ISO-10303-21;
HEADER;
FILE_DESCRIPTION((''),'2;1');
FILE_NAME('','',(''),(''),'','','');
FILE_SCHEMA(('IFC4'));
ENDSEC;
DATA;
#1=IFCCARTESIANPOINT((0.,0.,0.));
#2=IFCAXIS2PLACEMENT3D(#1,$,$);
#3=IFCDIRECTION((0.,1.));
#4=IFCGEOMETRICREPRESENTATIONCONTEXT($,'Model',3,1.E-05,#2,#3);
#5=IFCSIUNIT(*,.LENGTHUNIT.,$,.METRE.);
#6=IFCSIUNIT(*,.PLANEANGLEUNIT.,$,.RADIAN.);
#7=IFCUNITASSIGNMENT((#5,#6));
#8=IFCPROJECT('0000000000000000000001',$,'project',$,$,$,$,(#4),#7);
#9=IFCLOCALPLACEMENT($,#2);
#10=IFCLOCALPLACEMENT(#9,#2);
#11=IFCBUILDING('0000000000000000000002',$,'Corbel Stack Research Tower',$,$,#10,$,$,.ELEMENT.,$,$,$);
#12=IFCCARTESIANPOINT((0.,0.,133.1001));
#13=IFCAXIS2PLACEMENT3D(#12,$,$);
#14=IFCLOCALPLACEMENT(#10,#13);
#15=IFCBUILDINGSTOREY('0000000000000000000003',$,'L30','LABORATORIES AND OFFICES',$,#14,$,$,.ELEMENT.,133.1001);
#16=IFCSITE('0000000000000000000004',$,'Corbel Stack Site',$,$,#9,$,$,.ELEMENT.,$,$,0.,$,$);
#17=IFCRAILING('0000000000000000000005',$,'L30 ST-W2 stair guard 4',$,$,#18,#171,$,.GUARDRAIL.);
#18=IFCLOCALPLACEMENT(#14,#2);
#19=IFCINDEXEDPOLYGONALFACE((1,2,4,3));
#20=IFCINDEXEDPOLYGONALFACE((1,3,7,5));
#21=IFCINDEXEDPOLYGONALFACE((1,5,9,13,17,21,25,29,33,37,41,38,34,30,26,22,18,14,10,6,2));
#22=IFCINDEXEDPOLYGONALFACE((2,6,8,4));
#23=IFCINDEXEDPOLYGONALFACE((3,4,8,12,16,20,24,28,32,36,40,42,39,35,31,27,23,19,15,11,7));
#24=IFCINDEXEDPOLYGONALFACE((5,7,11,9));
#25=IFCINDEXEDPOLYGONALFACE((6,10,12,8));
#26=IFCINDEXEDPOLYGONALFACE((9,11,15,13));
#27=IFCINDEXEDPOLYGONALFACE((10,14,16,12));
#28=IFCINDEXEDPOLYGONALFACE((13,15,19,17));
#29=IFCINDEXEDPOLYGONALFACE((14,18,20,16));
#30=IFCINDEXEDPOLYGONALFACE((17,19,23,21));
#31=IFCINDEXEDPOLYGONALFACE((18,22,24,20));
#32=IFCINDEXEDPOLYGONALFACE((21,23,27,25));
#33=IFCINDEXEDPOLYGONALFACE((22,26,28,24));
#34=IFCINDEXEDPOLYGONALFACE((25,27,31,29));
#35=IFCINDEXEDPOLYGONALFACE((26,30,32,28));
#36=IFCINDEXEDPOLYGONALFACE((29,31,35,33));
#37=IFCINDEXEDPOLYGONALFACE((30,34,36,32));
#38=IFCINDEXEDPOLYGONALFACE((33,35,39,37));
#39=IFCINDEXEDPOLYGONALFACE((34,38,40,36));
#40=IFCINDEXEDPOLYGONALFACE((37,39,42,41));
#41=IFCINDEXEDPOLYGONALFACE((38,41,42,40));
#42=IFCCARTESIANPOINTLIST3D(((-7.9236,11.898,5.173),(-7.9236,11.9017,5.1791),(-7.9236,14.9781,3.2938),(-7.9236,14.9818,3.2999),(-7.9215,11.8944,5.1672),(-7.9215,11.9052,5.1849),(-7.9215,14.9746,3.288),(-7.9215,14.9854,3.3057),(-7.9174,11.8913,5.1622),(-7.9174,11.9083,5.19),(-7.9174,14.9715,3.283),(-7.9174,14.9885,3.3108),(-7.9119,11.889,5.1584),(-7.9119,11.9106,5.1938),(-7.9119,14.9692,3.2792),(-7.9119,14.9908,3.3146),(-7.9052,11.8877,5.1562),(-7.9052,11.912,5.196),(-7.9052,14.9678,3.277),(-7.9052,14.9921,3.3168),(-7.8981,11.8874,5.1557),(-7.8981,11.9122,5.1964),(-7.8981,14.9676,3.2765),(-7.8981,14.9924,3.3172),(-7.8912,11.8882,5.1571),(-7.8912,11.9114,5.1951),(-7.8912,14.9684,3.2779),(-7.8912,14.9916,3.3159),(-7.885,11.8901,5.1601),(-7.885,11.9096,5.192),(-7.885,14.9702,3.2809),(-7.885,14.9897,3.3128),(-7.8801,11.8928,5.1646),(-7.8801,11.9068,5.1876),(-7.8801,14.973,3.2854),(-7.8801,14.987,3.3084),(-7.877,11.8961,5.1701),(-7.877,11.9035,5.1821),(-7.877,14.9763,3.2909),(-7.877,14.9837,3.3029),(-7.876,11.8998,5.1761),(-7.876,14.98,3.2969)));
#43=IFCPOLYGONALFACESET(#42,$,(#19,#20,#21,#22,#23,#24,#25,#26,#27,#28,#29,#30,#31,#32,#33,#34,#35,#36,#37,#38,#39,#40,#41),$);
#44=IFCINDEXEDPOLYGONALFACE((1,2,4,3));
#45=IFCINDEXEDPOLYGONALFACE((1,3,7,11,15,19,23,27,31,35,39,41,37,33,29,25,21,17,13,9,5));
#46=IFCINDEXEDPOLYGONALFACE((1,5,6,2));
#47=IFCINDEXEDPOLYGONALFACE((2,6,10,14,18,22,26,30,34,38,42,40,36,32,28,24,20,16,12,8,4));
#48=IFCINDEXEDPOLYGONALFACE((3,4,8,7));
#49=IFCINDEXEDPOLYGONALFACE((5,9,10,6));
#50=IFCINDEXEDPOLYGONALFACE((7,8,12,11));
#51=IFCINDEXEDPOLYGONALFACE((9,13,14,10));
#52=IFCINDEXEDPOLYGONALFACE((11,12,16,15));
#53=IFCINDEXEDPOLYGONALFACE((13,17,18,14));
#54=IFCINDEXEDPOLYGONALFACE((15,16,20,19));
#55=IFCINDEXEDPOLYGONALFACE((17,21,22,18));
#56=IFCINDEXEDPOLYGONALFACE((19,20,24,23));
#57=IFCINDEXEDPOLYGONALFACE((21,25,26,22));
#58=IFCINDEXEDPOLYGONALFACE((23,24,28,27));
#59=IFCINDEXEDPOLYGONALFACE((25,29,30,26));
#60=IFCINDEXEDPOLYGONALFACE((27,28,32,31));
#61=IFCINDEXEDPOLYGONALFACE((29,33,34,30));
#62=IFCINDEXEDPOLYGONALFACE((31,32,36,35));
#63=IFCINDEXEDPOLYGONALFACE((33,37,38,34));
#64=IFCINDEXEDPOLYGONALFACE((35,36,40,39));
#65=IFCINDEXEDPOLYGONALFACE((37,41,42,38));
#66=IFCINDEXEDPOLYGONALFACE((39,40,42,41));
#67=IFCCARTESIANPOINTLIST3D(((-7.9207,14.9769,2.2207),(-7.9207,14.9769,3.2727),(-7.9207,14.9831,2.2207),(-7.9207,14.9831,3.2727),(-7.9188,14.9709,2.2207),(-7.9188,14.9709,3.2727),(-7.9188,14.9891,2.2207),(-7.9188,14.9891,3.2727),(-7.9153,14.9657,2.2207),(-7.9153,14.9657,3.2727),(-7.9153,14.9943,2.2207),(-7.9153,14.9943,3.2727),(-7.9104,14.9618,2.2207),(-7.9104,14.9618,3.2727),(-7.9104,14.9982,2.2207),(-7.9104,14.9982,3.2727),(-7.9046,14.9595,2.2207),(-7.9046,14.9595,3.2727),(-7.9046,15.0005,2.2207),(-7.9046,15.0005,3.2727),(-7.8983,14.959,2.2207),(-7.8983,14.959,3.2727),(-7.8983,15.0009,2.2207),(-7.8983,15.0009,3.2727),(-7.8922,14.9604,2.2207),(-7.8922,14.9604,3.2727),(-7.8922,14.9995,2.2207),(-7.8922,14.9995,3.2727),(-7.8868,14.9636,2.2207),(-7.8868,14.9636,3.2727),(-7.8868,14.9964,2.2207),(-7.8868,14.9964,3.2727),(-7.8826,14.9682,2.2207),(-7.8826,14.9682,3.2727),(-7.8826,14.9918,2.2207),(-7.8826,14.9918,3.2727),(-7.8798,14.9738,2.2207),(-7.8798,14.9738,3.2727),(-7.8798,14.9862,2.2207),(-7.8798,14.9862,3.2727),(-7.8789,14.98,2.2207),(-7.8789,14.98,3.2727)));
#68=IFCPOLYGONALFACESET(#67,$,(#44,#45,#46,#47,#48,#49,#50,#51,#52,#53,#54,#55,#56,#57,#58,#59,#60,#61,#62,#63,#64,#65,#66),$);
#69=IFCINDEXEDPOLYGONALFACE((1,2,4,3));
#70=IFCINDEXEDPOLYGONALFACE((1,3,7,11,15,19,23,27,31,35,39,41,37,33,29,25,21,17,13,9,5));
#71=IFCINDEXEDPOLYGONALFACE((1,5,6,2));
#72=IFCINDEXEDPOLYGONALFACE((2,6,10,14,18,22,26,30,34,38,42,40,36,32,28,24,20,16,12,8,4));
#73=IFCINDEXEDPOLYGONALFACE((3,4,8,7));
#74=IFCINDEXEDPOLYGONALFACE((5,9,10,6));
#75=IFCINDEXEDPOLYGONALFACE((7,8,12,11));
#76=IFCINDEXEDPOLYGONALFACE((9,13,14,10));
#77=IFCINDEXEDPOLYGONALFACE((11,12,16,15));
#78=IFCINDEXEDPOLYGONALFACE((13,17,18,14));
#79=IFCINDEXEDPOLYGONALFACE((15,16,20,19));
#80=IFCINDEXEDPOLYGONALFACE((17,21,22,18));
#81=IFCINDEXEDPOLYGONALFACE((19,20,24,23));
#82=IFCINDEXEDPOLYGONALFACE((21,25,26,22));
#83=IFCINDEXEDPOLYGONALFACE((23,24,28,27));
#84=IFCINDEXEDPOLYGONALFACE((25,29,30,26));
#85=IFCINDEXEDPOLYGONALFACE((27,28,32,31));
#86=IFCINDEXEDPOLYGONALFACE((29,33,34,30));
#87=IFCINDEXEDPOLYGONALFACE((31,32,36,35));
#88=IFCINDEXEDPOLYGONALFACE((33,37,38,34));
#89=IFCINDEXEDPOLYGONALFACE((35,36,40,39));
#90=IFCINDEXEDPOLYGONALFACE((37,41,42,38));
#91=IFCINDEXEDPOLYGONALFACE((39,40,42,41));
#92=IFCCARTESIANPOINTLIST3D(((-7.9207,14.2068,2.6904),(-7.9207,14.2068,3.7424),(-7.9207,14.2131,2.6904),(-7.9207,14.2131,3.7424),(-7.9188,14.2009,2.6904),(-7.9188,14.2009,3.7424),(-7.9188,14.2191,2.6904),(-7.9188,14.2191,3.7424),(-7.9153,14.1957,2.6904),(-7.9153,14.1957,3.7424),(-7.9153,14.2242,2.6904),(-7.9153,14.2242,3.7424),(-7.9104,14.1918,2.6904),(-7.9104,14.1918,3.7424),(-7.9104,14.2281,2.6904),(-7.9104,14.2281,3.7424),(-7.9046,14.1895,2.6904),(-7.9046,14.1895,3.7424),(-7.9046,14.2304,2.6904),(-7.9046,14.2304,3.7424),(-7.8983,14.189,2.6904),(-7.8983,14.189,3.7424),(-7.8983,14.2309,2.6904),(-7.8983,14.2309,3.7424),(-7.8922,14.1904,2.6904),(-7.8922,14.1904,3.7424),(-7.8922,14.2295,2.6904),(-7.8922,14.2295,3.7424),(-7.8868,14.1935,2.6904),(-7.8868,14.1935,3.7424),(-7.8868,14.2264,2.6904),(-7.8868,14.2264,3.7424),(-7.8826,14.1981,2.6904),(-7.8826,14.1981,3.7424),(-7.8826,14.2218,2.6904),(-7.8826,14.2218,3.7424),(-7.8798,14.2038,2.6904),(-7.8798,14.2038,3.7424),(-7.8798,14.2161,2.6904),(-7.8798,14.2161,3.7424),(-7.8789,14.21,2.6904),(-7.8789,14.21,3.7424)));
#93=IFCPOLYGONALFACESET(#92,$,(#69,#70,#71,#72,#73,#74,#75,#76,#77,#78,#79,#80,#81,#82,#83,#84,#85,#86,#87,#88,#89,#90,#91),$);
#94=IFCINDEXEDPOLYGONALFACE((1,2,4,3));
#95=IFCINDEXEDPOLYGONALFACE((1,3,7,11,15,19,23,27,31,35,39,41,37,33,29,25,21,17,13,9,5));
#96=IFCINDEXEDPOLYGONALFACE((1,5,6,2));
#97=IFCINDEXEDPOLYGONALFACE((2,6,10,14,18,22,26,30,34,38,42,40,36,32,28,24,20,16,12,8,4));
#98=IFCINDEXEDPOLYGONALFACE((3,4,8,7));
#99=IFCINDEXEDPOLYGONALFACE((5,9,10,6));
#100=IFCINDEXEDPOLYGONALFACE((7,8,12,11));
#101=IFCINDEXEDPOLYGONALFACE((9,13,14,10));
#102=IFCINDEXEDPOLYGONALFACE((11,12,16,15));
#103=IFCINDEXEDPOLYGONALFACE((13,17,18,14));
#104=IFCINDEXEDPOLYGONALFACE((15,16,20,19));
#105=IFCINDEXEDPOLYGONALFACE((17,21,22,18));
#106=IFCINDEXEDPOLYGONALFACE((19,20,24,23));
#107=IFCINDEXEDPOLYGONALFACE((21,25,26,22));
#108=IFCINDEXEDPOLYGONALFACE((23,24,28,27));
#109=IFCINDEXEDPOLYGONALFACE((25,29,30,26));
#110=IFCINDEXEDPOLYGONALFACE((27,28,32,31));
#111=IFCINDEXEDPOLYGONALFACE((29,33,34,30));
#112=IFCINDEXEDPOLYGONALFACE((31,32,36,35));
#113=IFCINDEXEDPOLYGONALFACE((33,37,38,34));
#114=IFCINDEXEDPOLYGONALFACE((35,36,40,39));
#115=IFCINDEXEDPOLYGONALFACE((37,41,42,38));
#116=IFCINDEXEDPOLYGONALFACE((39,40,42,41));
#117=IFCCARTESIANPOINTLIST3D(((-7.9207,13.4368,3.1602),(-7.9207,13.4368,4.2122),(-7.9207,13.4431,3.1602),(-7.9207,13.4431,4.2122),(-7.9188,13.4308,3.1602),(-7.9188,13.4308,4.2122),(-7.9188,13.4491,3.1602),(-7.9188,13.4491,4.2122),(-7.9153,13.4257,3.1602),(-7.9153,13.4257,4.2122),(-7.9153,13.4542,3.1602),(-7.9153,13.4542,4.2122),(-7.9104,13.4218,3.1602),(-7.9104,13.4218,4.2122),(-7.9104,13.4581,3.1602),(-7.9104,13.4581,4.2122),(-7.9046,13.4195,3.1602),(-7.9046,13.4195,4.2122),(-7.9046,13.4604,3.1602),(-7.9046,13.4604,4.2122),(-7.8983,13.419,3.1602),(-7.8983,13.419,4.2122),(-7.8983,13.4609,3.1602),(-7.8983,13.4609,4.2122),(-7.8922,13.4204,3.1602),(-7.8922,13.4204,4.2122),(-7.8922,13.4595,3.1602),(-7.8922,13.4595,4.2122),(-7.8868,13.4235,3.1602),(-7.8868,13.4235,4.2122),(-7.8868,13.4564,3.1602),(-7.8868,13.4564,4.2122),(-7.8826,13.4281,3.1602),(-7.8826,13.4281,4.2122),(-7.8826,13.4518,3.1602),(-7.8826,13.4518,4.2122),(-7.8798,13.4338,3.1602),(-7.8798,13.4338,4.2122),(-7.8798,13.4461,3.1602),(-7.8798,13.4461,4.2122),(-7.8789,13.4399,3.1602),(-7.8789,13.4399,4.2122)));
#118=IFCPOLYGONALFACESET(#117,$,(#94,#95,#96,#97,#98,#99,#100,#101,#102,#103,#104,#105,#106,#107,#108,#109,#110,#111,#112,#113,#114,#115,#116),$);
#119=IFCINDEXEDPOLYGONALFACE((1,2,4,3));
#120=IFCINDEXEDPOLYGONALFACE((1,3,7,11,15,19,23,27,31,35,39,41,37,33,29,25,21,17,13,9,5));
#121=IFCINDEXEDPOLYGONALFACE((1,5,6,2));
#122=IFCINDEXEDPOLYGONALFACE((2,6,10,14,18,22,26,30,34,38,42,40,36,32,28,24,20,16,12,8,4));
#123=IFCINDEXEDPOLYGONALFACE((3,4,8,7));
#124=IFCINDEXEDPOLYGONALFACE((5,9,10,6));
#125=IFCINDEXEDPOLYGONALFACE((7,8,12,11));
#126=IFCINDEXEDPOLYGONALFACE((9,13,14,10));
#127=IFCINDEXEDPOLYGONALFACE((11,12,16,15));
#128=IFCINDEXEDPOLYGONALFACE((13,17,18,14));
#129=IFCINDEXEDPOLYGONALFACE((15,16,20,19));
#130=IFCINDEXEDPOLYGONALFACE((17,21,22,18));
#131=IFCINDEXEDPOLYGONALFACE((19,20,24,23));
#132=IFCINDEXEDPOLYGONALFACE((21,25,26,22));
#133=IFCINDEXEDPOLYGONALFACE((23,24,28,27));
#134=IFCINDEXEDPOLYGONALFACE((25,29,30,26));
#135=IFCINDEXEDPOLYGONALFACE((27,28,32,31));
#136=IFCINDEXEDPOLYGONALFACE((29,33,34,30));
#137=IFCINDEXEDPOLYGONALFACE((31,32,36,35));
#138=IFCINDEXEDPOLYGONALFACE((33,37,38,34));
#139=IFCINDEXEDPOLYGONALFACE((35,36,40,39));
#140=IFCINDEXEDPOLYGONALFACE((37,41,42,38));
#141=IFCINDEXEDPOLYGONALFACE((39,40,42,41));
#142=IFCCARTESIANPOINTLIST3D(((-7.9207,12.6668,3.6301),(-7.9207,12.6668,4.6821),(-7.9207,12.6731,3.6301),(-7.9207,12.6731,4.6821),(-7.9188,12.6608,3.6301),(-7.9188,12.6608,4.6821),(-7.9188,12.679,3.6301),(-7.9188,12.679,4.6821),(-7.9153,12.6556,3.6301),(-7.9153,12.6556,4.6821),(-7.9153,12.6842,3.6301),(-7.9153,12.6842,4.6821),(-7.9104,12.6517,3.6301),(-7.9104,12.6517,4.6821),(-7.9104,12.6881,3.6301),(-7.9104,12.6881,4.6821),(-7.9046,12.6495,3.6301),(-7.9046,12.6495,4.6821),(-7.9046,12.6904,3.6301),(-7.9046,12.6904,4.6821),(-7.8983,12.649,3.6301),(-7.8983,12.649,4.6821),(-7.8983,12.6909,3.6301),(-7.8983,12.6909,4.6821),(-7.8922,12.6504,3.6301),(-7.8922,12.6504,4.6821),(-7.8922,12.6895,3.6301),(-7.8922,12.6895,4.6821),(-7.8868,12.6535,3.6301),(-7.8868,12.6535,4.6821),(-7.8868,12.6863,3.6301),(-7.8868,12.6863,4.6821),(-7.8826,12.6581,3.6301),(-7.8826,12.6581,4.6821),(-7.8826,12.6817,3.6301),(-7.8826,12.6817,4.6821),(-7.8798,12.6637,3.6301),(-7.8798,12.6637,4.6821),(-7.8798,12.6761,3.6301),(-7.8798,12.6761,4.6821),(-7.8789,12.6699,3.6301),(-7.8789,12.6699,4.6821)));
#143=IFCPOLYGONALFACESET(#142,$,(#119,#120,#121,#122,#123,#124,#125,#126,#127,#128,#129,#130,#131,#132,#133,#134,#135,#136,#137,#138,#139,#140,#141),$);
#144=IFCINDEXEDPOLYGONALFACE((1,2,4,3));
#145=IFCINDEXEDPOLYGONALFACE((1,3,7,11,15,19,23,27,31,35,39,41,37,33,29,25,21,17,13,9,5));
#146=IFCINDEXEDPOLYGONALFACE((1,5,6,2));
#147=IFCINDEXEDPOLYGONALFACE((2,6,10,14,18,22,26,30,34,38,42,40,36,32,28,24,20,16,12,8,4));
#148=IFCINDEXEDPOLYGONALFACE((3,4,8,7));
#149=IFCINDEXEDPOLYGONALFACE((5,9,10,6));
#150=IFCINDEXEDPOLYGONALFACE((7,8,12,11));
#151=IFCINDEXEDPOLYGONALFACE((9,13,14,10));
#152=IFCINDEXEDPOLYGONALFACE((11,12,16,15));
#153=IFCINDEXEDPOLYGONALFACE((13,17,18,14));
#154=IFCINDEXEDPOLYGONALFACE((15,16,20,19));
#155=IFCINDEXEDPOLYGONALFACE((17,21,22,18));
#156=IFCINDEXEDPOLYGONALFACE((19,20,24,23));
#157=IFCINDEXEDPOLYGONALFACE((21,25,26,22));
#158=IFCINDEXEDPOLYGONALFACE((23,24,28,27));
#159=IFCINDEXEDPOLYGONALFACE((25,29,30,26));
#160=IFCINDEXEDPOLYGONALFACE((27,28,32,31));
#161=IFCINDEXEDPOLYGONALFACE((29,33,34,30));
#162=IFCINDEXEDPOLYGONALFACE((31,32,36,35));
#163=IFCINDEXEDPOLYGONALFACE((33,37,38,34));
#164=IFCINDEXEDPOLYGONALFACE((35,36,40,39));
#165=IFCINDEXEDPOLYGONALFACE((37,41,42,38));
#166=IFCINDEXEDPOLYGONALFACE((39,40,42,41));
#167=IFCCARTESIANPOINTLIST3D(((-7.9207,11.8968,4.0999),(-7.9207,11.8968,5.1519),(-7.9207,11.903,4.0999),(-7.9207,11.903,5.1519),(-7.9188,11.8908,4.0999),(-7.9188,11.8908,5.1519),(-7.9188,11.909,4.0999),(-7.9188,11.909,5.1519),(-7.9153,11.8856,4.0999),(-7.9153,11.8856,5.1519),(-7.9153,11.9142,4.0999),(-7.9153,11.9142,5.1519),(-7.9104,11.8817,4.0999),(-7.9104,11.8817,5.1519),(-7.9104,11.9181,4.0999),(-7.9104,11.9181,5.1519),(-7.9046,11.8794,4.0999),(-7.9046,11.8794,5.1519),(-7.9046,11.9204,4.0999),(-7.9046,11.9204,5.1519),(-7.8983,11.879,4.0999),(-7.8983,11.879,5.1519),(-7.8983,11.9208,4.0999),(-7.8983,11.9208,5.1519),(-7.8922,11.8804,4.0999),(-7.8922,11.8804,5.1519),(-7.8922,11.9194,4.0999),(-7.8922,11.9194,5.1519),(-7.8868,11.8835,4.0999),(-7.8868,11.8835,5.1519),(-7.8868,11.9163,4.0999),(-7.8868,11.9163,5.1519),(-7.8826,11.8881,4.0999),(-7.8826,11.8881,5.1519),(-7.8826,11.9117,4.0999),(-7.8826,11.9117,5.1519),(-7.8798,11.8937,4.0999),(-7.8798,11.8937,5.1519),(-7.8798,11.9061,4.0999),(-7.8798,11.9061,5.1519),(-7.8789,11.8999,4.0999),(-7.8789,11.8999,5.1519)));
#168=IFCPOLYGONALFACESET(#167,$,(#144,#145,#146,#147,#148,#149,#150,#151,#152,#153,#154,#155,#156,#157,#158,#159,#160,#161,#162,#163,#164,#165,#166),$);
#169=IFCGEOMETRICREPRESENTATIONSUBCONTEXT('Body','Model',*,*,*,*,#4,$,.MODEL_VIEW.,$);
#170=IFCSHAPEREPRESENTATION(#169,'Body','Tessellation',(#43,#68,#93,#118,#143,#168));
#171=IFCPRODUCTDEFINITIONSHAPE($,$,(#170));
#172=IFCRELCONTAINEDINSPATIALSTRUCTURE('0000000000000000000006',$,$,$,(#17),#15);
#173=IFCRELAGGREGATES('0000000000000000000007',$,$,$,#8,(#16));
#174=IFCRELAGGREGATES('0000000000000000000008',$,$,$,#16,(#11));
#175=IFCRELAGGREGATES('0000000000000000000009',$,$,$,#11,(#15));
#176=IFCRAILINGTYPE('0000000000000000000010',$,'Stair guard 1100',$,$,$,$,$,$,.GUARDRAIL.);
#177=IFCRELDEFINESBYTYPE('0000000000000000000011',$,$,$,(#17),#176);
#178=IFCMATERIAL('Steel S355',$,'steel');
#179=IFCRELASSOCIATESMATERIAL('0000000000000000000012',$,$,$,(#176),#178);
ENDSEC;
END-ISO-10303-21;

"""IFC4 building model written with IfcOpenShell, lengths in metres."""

from ifc_helpers import new_model, si_unit, direction, frame, origin, origin_2d, place, context, subcontext, project, spatial, circle, extrude, material, type_object, element, save


model = new_model("IFC4")

# Units and contexts
model_context = context("Model", 3, precision=1e-05, world=origin(), true_north=direction((0.0, 1.0)))
body_context = subcontext(model_context, "Body", "Model", "MODEL_VIEW")
ifc_project = project(units=[si_unit("LENGTHUNIT", "METRE"), si_unit("PLANEANGLEUNIT", "RADIAN")], contexts=[model_context])

# Site, building, storey
site_placement = place(None, origin())
site = spatial("IfcSite", under=ifc_project, at=site_placement, Name="Corbel Stack Site", CompositionType="ELEMENT", RefElevation=0.0)
building_placement = place(site_placement, origin())
building = spatial("IfcBuilding", under=site, at=building_placement, Name="Corbel Stack Research Tower", CompositionType="ELEMENT")
storey_placement = place(building_placement, frame((0.0, 0.0, 133.1001)))
storey = spatial("IfcBuildingStorey", under=building, at=storey_placement, Name="L30", Description="LABORATORIES AND OFFICES", CompositionType="ELEMENT", Elevation=133.1001)

# Railing
ifc_material_1 = material(Name="Steel S355", Category="steel")
railing_type_1 = type_object("IfcRailingType", Name="Stair guard 1100", PredefinedType="GUARDRAIL", material=ifc_material_1)
railing_1_placement = place(storey_placement, frame((-7.8999, 14.98, 2.2207)))
element("IfcRailing", 1, at=railing_1_placement, inside=storey, type_object=railing_type_1, Name="L30 ST-W2 stair guard 4", PredefinedType="GUARDRAIL", context=body_context, shape_type="SweptSolid", body=[
    extrude(circle(Radius=0.0239, at=origin_2d()), frame((0.0, 0.0, 1.0762), z_axis=(0.0, -0.853666, 0.52082), x_axis=(1.0, 0.0, 0.0)), (0.0, 0.0, 1.0), 3.6082),
    extrude(circle(Radius=0.021, at=origin_2d()), origin(), (0.0, 0.0, 1.0), 1.052),
    extrude(circle(Radius=0.021, at=origin_2d()), frame((0.0, -0.77, 0.4697)), (0.0, 0.0, 1.0), 1.052),
    extrude(circle(Radius=0.021, at=origin_2d()), frame((0.0, -1.54, 0.9395)), (0.0, 0.0, 1.0), 1.052),
    extrude(circle(Radius=0.021, at=origin_2d()), frame((0.0, -2.3101, 1.4094)), (0.0, 0.0, 1.0), 1.052),
    extrude(circle(Radius=0.021, at=origin_2d()), frame((0.0, -3.0801, 1.8792)), (0.0, 0.0, 1.0), 1.052),
])

save(model, "model.ifc")
